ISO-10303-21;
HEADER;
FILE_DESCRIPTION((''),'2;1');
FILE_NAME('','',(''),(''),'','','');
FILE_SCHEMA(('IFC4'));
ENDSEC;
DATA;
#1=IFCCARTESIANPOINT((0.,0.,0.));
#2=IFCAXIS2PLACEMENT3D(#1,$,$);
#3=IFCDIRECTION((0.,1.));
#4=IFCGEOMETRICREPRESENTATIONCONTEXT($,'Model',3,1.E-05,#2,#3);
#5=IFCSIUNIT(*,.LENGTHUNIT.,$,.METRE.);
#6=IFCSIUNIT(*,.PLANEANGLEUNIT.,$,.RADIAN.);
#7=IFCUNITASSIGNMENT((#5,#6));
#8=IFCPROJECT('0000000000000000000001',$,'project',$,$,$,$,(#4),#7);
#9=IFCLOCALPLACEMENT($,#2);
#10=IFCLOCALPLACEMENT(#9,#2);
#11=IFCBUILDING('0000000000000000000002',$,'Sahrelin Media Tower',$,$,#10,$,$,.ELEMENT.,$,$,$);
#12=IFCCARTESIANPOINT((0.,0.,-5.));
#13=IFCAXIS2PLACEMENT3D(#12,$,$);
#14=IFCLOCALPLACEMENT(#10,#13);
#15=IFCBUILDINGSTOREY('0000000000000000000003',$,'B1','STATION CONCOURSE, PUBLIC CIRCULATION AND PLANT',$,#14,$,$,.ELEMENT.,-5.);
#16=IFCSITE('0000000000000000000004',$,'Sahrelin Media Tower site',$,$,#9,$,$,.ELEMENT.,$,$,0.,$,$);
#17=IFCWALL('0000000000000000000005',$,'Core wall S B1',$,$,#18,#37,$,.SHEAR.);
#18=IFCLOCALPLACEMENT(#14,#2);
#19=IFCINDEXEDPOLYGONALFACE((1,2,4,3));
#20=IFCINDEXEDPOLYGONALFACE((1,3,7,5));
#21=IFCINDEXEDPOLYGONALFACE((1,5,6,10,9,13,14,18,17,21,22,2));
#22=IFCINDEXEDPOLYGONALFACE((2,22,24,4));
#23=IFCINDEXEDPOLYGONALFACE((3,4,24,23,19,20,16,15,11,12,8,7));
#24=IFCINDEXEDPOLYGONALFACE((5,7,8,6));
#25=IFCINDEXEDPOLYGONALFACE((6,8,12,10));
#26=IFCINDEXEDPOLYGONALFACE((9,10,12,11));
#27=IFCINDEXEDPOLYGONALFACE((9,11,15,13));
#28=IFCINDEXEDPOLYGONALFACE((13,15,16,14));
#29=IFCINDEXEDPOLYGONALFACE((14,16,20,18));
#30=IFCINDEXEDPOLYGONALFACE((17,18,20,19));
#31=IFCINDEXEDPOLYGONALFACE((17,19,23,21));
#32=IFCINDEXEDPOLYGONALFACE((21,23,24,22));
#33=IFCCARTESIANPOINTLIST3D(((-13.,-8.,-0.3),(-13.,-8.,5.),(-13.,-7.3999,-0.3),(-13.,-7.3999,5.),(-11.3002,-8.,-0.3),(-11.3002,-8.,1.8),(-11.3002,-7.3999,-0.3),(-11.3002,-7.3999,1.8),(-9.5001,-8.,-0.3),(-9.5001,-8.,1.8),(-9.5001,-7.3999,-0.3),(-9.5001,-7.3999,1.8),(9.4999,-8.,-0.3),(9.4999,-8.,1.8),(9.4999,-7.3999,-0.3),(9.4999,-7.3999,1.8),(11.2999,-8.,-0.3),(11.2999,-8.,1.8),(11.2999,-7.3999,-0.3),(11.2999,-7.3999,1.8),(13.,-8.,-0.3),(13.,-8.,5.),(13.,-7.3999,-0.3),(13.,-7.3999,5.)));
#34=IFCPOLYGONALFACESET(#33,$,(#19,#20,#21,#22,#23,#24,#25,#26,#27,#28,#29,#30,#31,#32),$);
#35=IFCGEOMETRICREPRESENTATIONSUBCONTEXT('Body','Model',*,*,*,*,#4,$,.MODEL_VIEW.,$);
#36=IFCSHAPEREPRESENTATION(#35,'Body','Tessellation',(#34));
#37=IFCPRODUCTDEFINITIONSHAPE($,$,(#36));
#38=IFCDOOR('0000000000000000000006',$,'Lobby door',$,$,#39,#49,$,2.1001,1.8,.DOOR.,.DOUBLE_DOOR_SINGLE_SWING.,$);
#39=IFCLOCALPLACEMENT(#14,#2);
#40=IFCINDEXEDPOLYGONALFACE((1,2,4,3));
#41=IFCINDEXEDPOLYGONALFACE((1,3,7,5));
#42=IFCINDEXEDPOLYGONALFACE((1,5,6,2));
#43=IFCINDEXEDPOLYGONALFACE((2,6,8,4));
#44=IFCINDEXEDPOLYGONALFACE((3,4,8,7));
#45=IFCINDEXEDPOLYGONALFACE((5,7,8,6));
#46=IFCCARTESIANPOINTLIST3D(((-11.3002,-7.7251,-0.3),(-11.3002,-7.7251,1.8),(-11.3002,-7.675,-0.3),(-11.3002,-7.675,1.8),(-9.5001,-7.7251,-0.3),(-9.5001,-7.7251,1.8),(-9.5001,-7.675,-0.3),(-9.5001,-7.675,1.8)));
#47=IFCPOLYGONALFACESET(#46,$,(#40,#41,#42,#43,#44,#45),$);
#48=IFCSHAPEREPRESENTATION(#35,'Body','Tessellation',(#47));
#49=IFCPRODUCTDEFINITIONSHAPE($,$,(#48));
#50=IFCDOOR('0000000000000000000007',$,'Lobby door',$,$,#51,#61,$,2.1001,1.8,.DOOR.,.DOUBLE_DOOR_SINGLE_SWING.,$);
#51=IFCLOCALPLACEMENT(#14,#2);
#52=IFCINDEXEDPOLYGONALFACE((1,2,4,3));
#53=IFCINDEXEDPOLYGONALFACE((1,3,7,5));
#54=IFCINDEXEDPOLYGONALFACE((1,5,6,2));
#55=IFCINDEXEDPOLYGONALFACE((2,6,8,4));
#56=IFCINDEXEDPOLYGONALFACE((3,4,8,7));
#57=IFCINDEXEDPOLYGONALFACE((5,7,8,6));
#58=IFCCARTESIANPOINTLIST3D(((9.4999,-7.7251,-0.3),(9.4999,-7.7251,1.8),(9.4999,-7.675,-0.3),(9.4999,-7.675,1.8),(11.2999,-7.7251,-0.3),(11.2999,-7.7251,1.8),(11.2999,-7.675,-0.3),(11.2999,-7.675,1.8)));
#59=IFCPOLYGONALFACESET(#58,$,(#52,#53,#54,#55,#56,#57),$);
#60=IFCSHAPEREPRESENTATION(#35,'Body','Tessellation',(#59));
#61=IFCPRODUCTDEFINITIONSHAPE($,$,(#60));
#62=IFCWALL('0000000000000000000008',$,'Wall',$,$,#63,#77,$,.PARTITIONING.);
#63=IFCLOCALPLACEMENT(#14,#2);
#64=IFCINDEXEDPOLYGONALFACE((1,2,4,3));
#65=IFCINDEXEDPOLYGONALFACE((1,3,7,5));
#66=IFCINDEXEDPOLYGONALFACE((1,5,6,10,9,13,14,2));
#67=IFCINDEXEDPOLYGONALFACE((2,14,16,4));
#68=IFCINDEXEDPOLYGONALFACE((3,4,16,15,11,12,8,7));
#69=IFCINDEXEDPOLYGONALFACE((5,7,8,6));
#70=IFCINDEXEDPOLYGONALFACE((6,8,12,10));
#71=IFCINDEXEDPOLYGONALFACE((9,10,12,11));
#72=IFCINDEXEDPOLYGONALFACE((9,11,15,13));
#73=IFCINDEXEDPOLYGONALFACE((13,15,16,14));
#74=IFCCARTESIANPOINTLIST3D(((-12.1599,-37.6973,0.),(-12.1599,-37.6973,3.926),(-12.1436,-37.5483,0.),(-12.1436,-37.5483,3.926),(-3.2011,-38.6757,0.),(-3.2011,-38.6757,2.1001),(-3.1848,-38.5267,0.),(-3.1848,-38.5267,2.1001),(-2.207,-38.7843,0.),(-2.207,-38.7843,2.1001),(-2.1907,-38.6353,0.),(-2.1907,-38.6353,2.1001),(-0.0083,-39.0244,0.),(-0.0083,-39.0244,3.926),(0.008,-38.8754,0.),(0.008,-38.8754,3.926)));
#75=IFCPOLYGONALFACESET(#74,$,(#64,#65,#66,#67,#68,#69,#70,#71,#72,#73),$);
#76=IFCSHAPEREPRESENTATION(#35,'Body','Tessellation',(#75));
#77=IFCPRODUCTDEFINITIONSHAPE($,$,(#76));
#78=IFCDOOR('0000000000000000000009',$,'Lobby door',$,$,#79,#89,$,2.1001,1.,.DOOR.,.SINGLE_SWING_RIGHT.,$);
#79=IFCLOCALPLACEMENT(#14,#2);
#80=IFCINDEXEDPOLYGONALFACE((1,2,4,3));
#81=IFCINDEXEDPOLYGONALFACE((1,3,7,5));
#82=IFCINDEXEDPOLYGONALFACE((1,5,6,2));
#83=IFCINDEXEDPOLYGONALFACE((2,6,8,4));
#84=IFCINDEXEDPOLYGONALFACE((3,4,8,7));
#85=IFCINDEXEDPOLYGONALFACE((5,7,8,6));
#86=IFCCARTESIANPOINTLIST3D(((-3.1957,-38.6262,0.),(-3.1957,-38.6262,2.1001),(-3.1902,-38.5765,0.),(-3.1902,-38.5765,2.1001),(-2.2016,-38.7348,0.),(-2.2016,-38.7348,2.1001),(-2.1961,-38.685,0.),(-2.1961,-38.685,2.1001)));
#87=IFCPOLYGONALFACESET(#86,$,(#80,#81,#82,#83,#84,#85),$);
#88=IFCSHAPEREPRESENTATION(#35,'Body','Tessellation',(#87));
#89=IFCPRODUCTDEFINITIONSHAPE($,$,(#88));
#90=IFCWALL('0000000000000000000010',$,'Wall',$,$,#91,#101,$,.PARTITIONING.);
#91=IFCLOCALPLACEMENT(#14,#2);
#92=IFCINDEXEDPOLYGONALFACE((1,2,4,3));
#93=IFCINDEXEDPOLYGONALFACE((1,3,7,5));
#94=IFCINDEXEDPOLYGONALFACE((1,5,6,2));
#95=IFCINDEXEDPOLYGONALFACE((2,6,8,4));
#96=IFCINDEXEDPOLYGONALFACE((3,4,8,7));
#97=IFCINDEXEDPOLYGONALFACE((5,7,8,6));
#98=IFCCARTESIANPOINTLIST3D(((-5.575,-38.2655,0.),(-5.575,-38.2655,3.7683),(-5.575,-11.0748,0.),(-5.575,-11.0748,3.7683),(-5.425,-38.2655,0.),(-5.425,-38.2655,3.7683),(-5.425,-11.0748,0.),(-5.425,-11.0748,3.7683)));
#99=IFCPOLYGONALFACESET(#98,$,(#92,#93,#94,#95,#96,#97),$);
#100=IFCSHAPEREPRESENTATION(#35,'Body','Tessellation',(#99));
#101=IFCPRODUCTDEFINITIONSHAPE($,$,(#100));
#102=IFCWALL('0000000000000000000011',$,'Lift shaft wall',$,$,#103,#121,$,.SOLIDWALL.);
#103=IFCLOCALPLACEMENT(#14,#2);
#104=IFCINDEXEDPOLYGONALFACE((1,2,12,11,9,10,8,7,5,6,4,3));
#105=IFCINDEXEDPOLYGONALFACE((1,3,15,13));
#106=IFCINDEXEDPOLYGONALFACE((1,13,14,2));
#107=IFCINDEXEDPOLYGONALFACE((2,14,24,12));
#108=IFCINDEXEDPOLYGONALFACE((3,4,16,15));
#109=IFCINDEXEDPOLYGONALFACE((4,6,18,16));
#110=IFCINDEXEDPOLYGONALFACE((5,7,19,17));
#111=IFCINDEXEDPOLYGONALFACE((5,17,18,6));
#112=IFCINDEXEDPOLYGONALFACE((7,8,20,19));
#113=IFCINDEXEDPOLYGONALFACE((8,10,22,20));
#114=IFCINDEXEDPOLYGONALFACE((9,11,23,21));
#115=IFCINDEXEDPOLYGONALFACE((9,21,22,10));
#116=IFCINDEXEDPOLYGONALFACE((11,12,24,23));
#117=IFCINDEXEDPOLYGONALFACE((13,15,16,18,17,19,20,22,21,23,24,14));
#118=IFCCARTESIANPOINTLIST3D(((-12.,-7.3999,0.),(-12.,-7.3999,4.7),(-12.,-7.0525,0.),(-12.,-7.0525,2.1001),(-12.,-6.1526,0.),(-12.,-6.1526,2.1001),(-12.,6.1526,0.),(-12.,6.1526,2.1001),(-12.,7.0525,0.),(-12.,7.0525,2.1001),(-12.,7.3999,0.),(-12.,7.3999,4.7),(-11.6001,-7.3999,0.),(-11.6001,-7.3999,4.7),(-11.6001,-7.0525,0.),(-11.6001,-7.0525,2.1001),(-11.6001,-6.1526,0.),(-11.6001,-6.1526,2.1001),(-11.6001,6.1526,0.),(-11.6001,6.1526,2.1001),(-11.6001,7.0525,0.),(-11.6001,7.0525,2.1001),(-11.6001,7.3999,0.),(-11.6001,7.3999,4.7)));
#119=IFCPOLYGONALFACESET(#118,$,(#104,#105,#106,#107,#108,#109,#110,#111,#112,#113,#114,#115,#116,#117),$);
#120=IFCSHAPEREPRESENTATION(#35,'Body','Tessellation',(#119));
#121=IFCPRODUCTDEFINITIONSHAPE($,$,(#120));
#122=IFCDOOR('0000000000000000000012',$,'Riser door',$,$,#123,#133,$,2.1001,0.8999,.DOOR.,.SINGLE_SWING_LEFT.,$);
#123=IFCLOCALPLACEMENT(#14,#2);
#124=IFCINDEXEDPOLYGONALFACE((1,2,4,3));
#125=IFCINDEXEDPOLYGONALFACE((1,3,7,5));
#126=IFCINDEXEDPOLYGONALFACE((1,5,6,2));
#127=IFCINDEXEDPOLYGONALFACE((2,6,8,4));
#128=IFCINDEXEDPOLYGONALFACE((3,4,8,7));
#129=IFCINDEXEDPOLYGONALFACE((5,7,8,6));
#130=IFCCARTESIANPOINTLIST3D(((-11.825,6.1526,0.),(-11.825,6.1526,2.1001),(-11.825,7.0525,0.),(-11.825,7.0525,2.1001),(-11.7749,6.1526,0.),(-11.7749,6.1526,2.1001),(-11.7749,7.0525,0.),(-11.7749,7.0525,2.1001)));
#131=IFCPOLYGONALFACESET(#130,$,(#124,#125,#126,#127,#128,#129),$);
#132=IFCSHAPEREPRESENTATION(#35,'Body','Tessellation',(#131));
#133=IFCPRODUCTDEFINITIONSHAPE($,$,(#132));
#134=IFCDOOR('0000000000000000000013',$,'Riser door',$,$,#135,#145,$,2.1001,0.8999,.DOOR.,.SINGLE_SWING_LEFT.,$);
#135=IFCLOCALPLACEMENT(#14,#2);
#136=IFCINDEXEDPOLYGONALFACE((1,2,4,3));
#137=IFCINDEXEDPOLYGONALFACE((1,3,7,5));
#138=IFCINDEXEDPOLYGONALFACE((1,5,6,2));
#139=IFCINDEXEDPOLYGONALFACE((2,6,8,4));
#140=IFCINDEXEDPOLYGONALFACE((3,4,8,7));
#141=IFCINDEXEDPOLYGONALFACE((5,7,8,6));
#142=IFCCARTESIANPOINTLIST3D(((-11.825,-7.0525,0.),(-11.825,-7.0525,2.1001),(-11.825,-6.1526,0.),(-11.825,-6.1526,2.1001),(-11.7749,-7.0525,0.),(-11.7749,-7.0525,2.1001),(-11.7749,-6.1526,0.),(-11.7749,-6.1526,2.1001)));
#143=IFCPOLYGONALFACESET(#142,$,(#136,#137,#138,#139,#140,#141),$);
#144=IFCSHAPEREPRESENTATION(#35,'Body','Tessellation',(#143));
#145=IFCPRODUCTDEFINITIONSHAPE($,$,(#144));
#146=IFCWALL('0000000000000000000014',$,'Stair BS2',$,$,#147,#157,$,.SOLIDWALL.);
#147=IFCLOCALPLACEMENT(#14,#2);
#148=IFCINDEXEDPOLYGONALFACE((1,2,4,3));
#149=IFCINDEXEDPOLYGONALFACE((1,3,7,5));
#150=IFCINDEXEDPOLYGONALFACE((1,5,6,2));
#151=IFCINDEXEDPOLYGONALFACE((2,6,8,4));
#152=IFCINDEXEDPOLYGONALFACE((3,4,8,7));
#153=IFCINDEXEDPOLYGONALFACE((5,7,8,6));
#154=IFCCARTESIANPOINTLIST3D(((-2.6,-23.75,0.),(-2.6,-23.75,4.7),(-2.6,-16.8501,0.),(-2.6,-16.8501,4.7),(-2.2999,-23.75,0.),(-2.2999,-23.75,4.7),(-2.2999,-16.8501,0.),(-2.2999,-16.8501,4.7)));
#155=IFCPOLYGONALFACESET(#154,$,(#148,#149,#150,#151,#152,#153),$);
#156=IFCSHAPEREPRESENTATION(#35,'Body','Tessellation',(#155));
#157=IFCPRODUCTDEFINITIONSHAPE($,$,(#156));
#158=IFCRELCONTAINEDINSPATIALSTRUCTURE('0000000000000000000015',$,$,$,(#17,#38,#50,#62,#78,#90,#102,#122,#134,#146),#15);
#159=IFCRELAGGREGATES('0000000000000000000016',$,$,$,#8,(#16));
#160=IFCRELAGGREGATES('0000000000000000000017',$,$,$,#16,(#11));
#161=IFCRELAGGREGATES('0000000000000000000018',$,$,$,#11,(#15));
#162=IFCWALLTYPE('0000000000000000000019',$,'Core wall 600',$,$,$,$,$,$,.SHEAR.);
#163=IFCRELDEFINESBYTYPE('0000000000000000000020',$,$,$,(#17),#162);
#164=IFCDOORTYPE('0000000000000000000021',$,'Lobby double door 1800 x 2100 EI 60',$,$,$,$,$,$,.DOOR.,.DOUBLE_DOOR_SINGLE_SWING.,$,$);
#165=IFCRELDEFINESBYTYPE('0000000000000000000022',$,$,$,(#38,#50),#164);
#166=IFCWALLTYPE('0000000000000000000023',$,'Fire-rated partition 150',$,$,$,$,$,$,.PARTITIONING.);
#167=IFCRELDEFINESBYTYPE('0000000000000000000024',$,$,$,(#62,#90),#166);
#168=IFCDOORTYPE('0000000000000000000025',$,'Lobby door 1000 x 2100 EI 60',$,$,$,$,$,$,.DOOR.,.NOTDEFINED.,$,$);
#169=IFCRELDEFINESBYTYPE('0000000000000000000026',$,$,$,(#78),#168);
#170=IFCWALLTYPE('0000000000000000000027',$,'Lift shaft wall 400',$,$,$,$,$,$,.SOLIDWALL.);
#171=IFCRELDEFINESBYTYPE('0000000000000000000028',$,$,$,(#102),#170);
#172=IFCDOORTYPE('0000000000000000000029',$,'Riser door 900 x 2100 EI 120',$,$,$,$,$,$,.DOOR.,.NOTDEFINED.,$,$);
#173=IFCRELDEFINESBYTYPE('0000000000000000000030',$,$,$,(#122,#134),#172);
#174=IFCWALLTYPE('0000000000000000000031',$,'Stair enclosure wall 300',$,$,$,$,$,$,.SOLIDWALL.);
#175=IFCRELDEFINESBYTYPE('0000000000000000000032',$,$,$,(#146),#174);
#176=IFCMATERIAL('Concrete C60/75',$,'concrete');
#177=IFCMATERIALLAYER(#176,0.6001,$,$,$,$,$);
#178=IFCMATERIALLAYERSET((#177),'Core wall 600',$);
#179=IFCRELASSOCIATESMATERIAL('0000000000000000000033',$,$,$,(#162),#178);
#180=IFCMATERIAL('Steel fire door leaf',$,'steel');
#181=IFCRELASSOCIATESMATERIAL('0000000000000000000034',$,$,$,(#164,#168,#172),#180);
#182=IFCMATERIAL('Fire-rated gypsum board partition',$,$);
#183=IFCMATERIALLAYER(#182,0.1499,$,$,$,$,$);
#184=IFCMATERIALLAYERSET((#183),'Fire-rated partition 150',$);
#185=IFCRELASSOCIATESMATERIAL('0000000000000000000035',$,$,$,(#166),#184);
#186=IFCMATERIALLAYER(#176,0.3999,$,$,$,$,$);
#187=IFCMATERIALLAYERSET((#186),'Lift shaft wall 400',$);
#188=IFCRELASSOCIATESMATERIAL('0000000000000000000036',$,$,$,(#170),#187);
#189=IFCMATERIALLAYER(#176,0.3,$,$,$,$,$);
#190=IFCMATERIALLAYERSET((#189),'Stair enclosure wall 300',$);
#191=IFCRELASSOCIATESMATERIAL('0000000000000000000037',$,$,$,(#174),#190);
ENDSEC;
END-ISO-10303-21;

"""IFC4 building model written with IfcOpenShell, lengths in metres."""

from ifc_helpers import new_model, si_unit, direction, frame, frame_2d, origin, place, context, subcontext, project, spatial, rectangle, extrude, material, layer, layer_set, type_object, element, fill, save


model = new_model("IFC4")

# Units and contexts
model_context = context("Model", 3, precision=1e-05, world=origin(), true_north=direction((0.0, 1.0)))
body_context = subcontext(model_context, "Body", "Model", "MODEL_VIEW")
ifc_project = project(units=[si_unit("LENGTHUNIT", "METRE"), si_unit("PLANEANGLEUNIT", "RADIAN")], contexts=[model_context])

# Site, building, storey
site_placement = place(None, origin())
site = spatial("IfcSite", under=ifc_project, at=site_placement, Name="Sahrelin Media Tower site", CompositionType="ELEMENT", RefElevation=0.0)
building_placement = place(site_placement, origin())
building = spatial("IfcBuilding", under=site, at=building_placement, Name="Sahrelin Media Tower", CompositionType="ELEMENT")
storey_placement = place(building_placement, frame((0.0, 0.0, -5.0)))
storey = spatial("IfcBuildingStorey", under=building, at=storey_placement, Name="B1", Description="STATION CONCOURSE, PUBLIC CIRCULATION AND PLANT", CompositionType="ELEMENT", Elevation=-5.0)

# Shared definitions
ifc_material_1 = material(Name="Concrete C60/75", Category="concrete")

# Wall, openings, doors
ifc_layer_1 = layer(ifc_material_1, 0.6001)
ifc_layer_set_1 = layer_set([ifc_layer_1], Name="Core wall 600")
wall_type_1 = type_object("IfcWallType", Name="Core wall 600", PredefinedType="SHEAR", material=ifc_layer_set_1)
wall_1_placement = place(storey_placement, frame((-13.0, -7.7, -0.3), z_axis=(0.0, 0.0, 1.0), x_axis=(1.0, 0.0, 0.0)))
wall_1 = element("IfcWall", 1, at=wall_1_placement, inside=storey, type_object=wall_type_1, Name="Core wall S B1", PredefinedType="SHEAR", context=body_context, shape_type="SweptSolid", body=[
    extrude(rectangle(XDim=26.0, YDim=0.6001, at=frame_2d((13.0, 0.0))), origin(), (0.0, 0.0, 1.0), 5.3),
])
opening_1_placement = place(wall_1_placement, frame((1.7, 0.0, 0.0)))
opening_1 = element("IfcOpeningElement", 2, at=opening_1_placement, cuts=wall_1, PredefinedType="OPENING", context=body_context, shape_type="SweptSolid", body=[
    extrude(rectangle(XDim=1.8, YDim=2.1001, at=frame_2d((0.8999, 1.05))), frame((0.0, 0.3, 0.0), z_axis=(0.0, -1.0, 0.0), x_axis=(1.0, 0.0, 0.0)), (0.0, 0.0, 1.0), 0.6001),
])
opening_2_placement = place(wall_1_placement, frame((22.5, 0.0, 0.0)))
opening_2 = element("IfcOpeningElement", 3, at=opening_2_placement, cuts=wall_1, PredefinedType="OPENING", context=body_context, shape_type="SweptSolid", body=[
    extrude(rectangle(XDim=1.8, YDim=2.1001, at=frame_2d((0.8999, 1.05))), frame((0.0, 0.3, 0.0), z_axis=(0.0, -1.0, 0.0), x_axis=(1.0, 0.0, 0.0)), (0.0, 0.0, 1.0), 0.6001),
])
ifc_material_2 = material(Name="Steel fire door leaf", Category="steel")
door_type_1 = type_object("IfcDoorType", Name="Lobby double door 1800 x 2100 EI 60", OperationType="DOUBLE_DOOR_SINGLE_SWING", PredefinedType="DOOR", material=ifc_material_2)
door_1_placement = place(opening_1_placement, origin())
door_1 = element("IfcDoor", 4, at=door_1_placement, inside=storey, type_object=door_type_1, Name="Lobby door", OperationType="DOUBLE_DOOR_SINGLE_SWING", OverallHeight=2.1001, OverallWidth=1.8, PredefinedType="DOOR", context=body_context, shape_type="SweptSolid", body=[
    extrude(rectangle(XDim=1.8, YDim=2.1001, at=frame_2d((0.8999, 1.05))), frame((0.0, 0.0249, 0.0), z_axis=(0.0, -1.0, 0.0), x_axis=(1.0, 0.0, 0.0)), (0.0, 0.0, 1.0), 0.05),
])
fill(opening_1, door_1)
door_2_placement = place(opening_2_placement, origin())
door_2 = element("IfcDoor", 5, at=door_2_placement, inside=storey, type_object=door_type_1, Name="Lobby door", OperationType="DOUBLE_DOOR_SINGLE_SWING", OverallHeight=2.1001, OverallWidth=1.8, PredefinedType="DOOR", context=body_context, shape_type="SweptSolid", body=[
    extrude(rectangle(XDim=1.8, YDim=2.1001, at=frame_2d((0.8999, 1.05))), frame((0.0, 0.0249, 0.0), z_axis=(0.0, -1.0, 0.0), x_axis=(1.0, 0.0, 0.0)), (0.0, 0.0, 1.0), 0.05),
])
fill(opening_2, door_2)

# Wall, opening, door
ifc_material_3 = material(Name="Fire-rated gypsum board partition")
ifc_layer_2 = layer(ifc_material_3, 0.1499)
ifc_layer_set_2 = layer_set([ifc_layer_2], Name="Fire-rated partition 150")
wall_type_2 = type_object("IfcWallType", Name="Fire-rated partition 150", PredefinedType="PARTITIONING", material=ifc_layer_set_2)
wall_2_placement = place(storey_placement, frame((-12.1516, -37.6228, 0.0), z_axis=(0.0, 0.0, 1.0), x_axis=(0.994089, -0.10857, 0.0)))
wall_2 = element("IfcWall", 6, at=wall_2_placement, inside=storey, type_object=wall_type_2, Name="Wall", PredefinedType="PARTITIONING", context=body_context, shape_type="SweptSolid", body=[
    extrude(rectangle(XDim=12.2239, YDim=0.1499, at=frame_2d((6.1118, 0.0))), origin(), (0.0, 0.0, 1.0), 3.926),
])
opening_3_placement = place(wall_2_placement, frame((9.012, 0.0, 0.0)))
opening_3 = element("IfcOpeningElement", 7, at=opening_3_placement, cuts=wall_2, PredefinedType="OPENING", context=body_context, shape_type="SweptSolid", body=[
    extrude(rectangle(XDim=1.0, YDim=2.1001, at=frame_2d((0.5, 1.05))), frame((0.0, 0.075, 0.0), z_axis=(0.0, -1.0, 0.0), x_axis=(1.0, 0.0, 0.0)), (0.0, 0.0, 1.0), 0.1499),
])
door_type_2 = type_object("IfcDoorType", Name="Lobby door 1000 x 2100 EI 60", OperationType="NOTDEFINED", PredefinedType="DOOR", material=ifc_material_2)
door_3_placement = place(opening_3_placement, origin())
door_3 = element("IfcDoor", 8, at=door_3_placement, inside=storey, type_object=door_type_2, Name="Lobby door", OperationType="SINGLE_SWING_RIGHT", OverallHeight=2.1001, OverallWidth=1.0, PredefinedType="DOOR", context=body_context, shape_type="SweptSolid", body=[
    extrude(rectangle(XDim=1.0, YDim=2.1001, at=frame_2d((0.5, 1.05))), frame((0.0, 0.0249, 0.0), z_axis=(0.0, -1.0, 0.0), x_axis=(1.0, 0.0, 0.0)), (0.0, 0.0, 1.0), 0.05),
])
fill(opening_3, door_3)

# Wall
wall_3_placement = place(storey_placement, frame((-5.5, -11.075, 0.0), z_axis=(0.0, 0.0, 1.0), x_axis=(0.0, -1.0, 0.0)))
element("IfcWall", 9, at=wall_3_placement, inside=storey, type_object=wall_type_2, Name="Wall", PredefinedType="PARTITIONING", context=body_context, shape_type="SweptSolid", body=[
    extrude(rectangle(XDim=27.1907, YDim=0.1499, at=frame_2d((13.5952, 0.0))), origin(), (0.0, 0.0, 1.0), 3.7683),
])

# Wall, openings, doors
ifc_layer_3 = layer(ifc_material_1, 0.3999)
ifc_layer_set_3 = layer_set([ifc_layer_3], Name="Lift shaft wall 400")
wall_type_3 = type_object("IfcWallType", Name="Lift shaft wall 400", PredefinedType="SOLIDWALL", material=ifc_layer_set_3)
wall_4_placement = place(storey_placement, frame((-11.8, -7.3999, 0.0), z_axis=(0.0, 0.0, 1.0), x_axis=(0.0, 1.0, 0.0)))
wall_4 = element("IfcWall", 10, at=wall_4_placement, inside=storey, type_object=wall_type_3, Name="Lift shaft wall", PredefinedType="SOLIDWALL", context=body_context, shape_type="SweptSolid", body=[
    extrude(rectangle(XDim=14.7998, YDim=0.3999, at=frame_2d((7.3999, 0.0))), origin(), (0.0, 0.0, 1.0), 4.7),
])
opening_4_placement = place(wall_4_placement, frame((13.5525, 0.0, 0.0)))
opening_4 = element("IfcOpeningElement", 11, at=opening_4_placement, cuts=wall_4, PredefinedType="OPENING", context=body_context, shape_type="SweptSolid", body=[
    extrude(rectangle(XDim=0.8999, YDim=2.1001, at=frame_2d((0.45, 1.05))), frame((0.0, 0.2, 0.0), z_axis=(0.0, -1.0, 0.0), x_axis=(1.0, 0.0, 0.0)), (0.0, 0.0, 1.0), 0.3999),
])
opening_5_placement = place(wall_4_placement, frame((0.3474, 0.0, 0.0)))
opening_5 = element("IfcOpeningElement", 12, at=opening_5_placement, cuts=wall_4, PredefinedType="OPENING", context=body_context, shape_type="SweptSolid", body=[
    extrude(rectangle(XDim=0.8999, YDim=2.1001, at=frame_2d((0.45, 1.05))), frame((0.0, 0.2, 0.0), z_axis=(0.0, -1.0, 0.0), x_axis=(1.0, 0.0, 0.0)), (0.0, 0.0, 1.0), 0.3999),
])
door_type_3 = type_object("IfcDoorType", Name="Riser door 900 x 2100 EI 120", OperationType="NOTDEFINED", PredefinedType="DOOR", material=ifc_material_2)
door_4_placement = place(opening_4_placement, origin())
door_4 = element("IfcDoor", 13, at=door_4_placement, inside=storey, type_object=door_type_3, Name="Riser door", OperationType="SINGLE_SWING_LEFT", OverallHeight=2.1001, OverallWidth=0.8999, PredefinedType="DOOR", context=body_context, shape_type="SweptSolid", body=[
    extrude(rectangle(XDim=0.8999, YDim=2.1001, at=frame_2d((0.45, 1.05))), frame((0.0, 0.0249, 0.0), z_axis=(0.0, -1.0, 0.0), x_axis=(1.0, 0.0, 0.0)), (0.0, 0.0, 1.0), 0.05),
])
fill(opening_4, door_4)
door_5_placement = place(opening_5_placement, origin())
door_5 = element("IfcDoor", 14, at=door_5_placement, inside=storey, type_object=door_type_3, Name="Riser door", OperationType="SINGLE_SWING_LEFT", OverallHeight=2.1001, OverallWidth=0.8999, PredefinedType="DOOR", context=body_context, shape_type="SweptSolid", body=[
    extrude(rectangle(XDim=0.8999, YDim=2.1001, at=frame_2d((0.45, 1.05))), frame((0.0, 0.0249, 0.0), z_axis=(0.0, -1.0, 0.0), x_axis=(1.0, 0.0, 0.0)), (0.0, 0.0, 1.0), 0.05),
])
fill(opening_5, door_5)

# Wall
ifc_layer_4 = layer(ifc_material_1, 0.3)
ifc_layer_set_4 = layer_set([ifc_layer_4], Name="Stair enclosure wall 300")
wall_type_4 = type_object("IfcWallType", Name="Stair enclosure wall 300", PredefinedType="SOLIDWALL", material=ifc_layer_set_4)
wall_5_placement = place(storey_placement, frame((-2.45, -23.75, 0.0), z_axis=(0.0, 0.0, 1.0), x_axis=(0.0, 1.0, 0.0)))
element("IfcWall", 15, at=wall_5_placement, inside=storey, type_object=wall_type_4, Name="Stair BS2", PredefinedType="SOLIDWALL", context=body_context, shape_type="SweptSolid", body=[
    extrude(rectangle(XDim=6.8999, YDim=0.3, at=frame_2d((3.45, 0.0))), origin(), (0.0, 0.0, 1.0), 4.7),
])

save(model, "model.ifc")
